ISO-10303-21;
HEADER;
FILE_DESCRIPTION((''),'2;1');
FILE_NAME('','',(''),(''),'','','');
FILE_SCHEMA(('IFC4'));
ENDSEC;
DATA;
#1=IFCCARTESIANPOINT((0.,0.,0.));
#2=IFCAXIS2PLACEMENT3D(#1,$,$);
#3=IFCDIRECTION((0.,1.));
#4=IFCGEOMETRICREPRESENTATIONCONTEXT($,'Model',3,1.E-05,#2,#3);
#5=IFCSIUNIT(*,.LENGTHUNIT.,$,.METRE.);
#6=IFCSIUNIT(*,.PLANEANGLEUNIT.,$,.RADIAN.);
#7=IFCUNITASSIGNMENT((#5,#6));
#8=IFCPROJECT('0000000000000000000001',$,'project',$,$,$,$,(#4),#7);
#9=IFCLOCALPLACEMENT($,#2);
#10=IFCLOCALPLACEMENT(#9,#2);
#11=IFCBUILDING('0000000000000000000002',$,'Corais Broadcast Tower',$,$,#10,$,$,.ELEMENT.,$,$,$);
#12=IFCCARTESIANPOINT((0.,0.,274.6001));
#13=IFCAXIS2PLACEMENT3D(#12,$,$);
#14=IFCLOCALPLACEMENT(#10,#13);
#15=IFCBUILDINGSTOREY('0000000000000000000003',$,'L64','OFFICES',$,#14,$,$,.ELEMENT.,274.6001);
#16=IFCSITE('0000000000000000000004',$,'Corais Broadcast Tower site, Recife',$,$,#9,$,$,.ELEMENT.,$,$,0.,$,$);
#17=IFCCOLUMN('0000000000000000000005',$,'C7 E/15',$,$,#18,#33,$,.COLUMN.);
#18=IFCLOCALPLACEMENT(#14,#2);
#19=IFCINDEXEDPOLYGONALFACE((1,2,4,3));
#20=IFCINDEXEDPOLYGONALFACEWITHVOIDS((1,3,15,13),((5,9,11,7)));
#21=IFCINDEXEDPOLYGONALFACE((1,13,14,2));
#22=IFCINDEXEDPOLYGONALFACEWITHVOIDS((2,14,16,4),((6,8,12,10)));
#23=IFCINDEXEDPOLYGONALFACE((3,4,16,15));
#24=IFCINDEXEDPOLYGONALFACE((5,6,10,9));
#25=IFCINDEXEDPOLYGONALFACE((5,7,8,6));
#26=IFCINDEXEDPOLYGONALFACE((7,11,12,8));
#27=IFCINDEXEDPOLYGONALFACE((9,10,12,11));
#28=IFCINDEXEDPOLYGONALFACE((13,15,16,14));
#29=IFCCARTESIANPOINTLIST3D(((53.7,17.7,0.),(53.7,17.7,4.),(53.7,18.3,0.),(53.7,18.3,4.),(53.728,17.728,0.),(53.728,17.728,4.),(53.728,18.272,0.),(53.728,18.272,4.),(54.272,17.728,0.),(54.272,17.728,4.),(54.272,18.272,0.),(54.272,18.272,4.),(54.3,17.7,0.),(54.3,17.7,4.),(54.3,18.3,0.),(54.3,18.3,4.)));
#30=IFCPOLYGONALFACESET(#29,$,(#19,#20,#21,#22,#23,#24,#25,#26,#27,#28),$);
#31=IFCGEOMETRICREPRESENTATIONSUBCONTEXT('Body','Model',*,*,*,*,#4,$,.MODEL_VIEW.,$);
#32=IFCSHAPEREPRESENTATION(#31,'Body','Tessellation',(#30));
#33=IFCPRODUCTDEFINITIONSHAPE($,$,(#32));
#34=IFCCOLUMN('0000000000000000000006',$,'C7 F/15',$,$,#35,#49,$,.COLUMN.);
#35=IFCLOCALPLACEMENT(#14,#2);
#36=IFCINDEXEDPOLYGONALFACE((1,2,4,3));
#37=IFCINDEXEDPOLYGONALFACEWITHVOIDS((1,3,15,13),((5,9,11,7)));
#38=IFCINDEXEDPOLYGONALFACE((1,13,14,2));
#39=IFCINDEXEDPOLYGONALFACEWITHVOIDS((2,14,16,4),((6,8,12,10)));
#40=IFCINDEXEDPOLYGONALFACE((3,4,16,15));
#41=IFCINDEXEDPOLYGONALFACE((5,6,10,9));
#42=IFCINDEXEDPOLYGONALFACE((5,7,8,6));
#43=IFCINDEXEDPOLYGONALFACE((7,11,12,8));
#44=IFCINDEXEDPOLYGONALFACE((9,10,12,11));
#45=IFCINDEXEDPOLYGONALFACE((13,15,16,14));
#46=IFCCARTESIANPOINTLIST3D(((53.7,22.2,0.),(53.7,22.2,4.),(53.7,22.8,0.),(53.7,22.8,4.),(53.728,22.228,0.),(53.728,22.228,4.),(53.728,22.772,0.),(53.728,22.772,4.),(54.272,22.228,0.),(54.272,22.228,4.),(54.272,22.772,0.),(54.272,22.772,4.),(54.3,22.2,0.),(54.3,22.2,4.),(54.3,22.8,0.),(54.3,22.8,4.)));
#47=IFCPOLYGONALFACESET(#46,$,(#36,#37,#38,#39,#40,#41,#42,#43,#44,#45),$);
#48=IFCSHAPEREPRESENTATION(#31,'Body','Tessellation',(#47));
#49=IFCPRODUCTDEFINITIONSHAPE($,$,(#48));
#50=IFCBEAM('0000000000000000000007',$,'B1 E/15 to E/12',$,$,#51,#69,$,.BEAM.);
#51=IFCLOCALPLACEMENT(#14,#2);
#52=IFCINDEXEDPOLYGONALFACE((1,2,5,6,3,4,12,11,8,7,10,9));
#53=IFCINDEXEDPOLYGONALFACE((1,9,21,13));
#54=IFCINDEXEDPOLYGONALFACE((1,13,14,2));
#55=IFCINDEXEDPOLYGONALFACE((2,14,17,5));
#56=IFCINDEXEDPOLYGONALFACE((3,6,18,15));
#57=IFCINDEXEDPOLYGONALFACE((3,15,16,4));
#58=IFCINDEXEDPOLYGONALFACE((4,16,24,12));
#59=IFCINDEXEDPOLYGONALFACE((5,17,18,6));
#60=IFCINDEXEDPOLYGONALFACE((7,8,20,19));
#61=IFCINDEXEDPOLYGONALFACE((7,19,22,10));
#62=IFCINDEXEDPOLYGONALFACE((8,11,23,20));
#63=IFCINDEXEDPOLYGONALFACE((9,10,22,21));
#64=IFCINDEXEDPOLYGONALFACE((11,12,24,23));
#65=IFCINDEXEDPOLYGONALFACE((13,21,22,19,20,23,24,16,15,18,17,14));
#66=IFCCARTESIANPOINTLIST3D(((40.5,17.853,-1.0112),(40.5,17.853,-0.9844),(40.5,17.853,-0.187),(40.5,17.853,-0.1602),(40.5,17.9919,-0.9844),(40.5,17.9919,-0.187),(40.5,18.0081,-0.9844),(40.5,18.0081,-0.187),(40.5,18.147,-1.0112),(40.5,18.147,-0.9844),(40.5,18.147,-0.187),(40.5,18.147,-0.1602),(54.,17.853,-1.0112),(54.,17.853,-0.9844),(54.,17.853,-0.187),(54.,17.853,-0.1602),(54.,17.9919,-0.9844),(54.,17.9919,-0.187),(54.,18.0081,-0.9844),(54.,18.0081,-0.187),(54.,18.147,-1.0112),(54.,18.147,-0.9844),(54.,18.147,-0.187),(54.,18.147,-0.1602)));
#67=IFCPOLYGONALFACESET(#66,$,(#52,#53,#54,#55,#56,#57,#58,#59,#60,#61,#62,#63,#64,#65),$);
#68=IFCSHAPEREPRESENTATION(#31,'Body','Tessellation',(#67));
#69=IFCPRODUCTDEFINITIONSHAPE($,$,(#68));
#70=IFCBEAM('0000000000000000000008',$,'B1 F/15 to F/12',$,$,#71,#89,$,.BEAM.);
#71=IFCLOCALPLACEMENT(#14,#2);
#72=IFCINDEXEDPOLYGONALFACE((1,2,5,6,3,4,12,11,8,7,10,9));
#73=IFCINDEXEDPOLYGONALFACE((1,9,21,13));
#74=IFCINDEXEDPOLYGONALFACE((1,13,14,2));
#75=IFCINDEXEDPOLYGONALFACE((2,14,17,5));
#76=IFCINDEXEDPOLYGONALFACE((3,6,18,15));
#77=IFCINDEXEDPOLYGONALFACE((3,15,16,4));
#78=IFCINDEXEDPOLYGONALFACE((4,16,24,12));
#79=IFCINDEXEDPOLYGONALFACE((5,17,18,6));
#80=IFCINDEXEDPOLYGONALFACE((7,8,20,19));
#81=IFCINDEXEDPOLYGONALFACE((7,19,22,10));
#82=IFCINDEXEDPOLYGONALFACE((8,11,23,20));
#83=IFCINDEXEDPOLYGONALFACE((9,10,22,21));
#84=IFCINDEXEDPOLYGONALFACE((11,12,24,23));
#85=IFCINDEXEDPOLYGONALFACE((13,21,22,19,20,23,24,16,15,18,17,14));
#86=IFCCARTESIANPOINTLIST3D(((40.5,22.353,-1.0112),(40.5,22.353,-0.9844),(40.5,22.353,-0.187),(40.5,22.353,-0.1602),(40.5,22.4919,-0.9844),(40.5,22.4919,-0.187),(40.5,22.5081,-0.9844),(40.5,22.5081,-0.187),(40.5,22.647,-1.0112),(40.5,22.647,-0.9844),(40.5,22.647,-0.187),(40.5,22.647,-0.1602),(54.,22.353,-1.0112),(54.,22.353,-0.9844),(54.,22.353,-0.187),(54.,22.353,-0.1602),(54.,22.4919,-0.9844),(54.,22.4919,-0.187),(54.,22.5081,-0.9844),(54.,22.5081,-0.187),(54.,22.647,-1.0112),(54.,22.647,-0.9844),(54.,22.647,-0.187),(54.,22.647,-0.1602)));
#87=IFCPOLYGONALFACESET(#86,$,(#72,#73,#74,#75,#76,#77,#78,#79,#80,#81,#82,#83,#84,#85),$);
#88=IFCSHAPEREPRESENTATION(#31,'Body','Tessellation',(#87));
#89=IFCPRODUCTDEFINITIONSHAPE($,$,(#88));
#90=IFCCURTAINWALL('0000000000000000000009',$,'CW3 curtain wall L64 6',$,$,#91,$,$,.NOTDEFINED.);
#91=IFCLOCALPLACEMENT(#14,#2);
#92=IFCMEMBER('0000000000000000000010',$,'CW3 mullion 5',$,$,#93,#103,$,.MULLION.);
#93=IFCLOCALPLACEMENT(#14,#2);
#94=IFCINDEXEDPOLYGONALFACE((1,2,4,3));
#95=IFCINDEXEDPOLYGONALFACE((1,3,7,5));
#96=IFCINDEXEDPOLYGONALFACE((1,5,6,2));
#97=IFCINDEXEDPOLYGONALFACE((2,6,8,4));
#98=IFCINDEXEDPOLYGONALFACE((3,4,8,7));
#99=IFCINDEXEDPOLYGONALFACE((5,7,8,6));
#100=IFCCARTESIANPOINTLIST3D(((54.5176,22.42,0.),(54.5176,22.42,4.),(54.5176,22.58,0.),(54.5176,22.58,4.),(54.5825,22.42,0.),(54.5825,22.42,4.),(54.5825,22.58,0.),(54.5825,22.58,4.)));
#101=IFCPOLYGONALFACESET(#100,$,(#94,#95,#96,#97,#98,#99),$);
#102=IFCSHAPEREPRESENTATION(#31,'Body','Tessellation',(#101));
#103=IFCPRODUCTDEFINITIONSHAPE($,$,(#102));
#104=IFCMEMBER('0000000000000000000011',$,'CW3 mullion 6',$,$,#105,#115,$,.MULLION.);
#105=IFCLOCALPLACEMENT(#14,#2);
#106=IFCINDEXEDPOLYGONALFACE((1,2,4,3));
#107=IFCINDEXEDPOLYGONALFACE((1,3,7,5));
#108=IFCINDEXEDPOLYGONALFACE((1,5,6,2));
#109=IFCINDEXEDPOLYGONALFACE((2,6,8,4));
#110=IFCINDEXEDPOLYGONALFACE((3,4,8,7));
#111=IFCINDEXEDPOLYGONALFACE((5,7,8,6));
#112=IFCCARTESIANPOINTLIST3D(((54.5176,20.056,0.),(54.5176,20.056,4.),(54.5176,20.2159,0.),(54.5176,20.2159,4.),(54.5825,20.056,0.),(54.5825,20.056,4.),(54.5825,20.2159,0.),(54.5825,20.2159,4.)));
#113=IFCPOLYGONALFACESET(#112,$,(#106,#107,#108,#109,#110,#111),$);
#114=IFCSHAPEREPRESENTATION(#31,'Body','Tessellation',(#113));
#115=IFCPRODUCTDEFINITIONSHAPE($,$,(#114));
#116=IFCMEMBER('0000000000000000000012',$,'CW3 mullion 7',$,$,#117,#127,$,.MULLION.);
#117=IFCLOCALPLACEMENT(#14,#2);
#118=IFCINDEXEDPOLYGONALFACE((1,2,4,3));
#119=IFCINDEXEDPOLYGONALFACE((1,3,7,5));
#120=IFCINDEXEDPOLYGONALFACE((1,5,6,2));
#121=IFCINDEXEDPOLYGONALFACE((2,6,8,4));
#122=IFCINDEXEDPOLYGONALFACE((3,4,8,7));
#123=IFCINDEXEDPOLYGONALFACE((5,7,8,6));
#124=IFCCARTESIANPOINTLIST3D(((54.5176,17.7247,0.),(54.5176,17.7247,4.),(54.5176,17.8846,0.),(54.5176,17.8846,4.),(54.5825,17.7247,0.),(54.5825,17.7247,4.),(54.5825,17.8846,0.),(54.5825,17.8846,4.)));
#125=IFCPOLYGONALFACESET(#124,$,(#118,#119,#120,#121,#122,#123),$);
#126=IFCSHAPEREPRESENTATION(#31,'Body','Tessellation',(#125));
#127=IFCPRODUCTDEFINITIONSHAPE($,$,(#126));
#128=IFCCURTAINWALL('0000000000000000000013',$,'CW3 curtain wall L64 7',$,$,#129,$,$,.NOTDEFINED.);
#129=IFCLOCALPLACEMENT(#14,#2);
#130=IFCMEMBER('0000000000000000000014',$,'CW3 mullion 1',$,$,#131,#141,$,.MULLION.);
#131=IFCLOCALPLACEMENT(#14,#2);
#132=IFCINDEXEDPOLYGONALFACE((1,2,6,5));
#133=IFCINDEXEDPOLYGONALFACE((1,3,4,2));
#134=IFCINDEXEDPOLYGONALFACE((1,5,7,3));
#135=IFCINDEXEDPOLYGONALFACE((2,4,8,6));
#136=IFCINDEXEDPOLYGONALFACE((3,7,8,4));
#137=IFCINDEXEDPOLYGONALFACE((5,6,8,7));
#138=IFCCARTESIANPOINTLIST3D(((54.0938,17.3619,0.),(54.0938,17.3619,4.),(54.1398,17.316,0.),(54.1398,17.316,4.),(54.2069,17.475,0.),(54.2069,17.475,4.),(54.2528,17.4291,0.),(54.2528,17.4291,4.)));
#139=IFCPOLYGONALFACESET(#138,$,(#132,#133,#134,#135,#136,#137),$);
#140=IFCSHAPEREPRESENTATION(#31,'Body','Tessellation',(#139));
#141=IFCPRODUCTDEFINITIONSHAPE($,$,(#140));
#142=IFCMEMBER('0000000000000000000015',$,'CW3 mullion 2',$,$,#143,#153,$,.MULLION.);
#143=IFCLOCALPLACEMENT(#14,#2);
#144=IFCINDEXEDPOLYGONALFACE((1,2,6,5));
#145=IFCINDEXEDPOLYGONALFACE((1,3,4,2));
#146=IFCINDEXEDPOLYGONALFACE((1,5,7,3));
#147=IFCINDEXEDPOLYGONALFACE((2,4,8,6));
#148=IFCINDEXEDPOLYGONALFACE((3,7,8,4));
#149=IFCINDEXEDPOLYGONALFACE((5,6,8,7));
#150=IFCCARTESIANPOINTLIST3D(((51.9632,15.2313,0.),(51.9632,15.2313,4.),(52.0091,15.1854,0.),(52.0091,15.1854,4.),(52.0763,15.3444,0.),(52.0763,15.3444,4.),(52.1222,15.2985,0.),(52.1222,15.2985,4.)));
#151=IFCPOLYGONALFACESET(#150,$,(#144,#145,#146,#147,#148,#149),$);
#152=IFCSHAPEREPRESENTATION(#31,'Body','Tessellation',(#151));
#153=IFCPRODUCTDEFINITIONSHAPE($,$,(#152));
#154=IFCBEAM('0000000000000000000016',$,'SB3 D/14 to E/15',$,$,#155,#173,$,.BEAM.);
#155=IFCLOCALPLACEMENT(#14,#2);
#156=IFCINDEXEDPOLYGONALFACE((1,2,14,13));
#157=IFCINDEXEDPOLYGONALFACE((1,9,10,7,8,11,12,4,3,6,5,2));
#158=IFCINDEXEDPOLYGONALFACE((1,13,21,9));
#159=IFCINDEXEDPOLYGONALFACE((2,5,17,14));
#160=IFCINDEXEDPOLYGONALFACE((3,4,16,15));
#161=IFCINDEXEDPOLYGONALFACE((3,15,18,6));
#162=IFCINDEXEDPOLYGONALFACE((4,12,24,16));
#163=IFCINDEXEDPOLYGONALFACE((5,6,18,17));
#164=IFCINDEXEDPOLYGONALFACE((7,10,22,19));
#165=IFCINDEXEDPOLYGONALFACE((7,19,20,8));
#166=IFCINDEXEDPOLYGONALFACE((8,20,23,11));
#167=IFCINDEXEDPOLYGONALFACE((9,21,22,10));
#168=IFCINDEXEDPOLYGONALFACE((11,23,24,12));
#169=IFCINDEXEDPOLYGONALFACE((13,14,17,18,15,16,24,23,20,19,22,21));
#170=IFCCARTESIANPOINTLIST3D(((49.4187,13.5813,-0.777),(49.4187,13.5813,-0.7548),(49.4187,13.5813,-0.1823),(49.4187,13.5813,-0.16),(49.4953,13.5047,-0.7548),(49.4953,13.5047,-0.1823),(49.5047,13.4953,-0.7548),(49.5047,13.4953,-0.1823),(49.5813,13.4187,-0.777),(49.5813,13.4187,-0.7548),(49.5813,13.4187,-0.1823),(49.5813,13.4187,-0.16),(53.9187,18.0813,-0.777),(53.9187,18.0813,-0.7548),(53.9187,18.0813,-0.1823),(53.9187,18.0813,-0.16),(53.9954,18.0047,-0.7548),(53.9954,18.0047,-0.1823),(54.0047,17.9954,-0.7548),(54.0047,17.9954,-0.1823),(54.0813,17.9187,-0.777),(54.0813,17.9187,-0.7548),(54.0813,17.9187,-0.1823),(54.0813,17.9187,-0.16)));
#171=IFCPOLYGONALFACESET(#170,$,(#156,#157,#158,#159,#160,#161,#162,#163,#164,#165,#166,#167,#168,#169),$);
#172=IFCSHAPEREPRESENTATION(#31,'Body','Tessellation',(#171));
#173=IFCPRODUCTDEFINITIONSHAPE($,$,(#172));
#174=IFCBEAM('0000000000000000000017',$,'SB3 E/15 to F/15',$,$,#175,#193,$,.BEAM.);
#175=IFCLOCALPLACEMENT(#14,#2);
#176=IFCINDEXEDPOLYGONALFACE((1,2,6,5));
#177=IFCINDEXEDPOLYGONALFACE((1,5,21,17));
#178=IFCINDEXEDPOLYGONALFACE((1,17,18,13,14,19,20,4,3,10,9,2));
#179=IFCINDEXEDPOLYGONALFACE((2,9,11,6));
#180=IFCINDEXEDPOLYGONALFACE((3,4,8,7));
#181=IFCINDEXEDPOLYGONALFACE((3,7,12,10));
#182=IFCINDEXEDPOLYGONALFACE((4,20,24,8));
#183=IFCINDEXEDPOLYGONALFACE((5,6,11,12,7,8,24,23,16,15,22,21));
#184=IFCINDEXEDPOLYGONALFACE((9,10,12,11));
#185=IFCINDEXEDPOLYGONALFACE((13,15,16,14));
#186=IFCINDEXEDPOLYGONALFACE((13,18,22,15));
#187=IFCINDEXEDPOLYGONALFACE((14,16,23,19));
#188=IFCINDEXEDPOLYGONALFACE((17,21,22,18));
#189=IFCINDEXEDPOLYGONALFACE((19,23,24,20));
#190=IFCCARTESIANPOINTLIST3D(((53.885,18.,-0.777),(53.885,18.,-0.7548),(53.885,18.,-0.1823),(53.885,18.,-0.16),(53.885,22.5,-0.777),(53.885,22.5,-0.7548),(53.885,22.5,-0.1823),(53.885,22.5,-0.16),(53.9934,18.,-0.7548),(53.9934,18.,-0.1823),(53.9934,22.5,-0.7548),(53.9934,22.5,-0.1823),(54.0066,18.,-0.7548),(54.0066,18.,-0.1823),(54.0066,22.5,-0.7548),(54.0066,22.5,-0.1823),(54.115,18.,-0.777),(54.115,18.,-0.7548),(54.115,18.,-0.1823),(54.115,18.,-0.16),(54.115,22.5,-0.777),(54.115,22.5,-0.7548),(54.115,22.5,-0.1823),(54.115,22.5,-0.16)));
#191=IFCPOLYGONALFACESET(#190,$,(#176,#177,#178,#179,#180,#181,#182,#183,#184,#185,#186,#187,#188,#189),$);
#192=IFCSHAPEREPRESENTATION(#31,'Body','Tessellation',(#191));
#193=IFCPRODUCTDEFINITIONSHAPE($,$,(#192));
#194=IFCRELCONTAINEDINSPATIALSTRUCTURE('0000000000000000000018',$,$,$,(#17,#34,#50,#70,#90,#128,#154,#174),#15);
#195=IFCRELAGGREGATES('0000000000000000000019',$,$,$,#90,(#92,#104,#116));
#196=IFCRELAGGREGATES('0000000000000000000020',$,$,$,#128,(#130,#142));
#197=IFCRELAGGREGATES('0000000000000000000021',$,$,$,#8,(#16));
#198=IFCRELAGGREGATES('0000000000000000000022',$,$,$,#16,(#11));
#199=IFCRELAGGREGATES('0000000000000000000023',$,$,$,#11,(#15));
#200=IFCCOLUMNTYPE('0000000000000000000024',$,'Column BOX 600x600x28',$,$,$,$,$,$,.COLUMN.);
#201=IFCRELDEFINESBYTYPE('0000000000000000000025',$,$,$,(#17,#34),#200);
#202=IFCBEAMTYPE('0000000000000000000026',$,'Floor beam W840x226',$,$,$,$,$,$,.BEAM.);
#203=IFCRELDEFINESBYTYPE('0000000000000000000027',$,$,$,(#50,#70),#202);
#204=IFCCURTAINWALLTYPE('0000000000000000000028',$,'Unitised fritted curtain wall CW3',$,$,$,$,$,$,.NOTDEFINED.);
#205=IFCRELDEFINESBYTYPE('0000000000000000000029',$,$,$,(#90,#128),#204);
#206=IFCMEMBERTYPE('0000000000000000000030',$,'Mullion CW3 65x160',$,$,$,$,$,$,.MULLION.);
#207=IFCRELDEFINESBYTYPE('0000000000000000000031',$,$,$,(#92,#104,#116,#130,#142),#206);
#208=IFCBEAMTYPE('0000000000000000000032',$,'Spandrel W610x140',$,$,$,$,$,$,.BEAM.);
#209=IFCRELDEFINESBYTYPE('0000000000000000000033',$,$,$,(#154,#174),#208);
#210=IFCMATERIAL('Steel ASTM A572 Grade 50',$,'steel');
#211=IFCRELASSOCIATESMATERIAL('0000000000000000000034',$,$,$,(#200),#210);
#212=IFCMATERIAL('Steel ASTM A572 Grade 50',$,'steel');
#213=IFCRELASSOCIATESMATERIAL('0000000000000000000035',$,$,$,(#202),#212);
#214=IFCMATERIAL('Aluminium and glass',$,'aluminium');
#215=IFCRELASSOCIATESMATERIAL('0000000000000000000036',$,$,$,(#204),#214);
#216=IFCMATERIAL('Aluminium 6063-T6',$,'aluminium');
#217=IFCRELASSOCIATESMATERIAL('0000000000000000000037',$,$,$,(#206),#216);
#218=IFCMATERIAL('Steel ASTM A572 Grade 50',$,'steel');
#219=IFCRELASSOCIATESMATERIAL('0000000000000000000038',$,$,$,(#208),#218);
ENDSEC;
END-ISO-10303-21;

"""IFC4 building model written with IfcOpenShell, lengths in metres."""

from ifc_helpers import new_model, si_unit, direction, frame, origin, origin_2d, place, context, subcontext, project, spatial, rectangle, hollow_rectangle, i_section, extrude, material, material_profile, profile_set, type_object, element, aggregate, save


model = new_model("IFC4")

# Units and contexts
model_context = context("Model", 3, precision=1e-05, world=origin(), true_north=direction((0.0, 1.0)))
body_context = subcontext(model_context, "Body", "Model", "MODEL_VIEW")
ifc_project = project(units=[si_unit("LENGTHUNIT", "METRE"), si_unit("PLANEANGLEUNIT", "RADIAN")], contexts=[model_context])

# Site, building, storey
site_placement = place(None, origin())
site = spatial("IfcSite", under=ifc_project, at=site_placement, Name="Corais Broadcast Tower site, Recife", CompositionType="ELEMENT", RefElevation=0.0)
building_placement = place(site_placement, origin())
building = spatial("IfcBuilding", under=site, at=building_placement, Name="Corais Broadcast Tower", CompositionType="ELEMENT")
storey_placement = place(building_placement, frame((0.0, 0.0, 274.6001)))
storey = spatial("IfcBuildingStorey", under=building, at=storey_placement, Name="L64", Description="OFFICES", CompositionType="ELEMENT", Elevation=274.6001)

# Columns
ifc_material_1 = material(Name="Steel ASTM A572 Grade 50", Category="steel")
ifc_material_profile_1 = material_profile(ifc_material_1, hollow_rectangle(XDim=0.6001, YDim=0.6001, WallThickness=0.0281, at=origin_2d()), Name="BOX 600x600x28")
ifc_profile_set_1 = profile_set([ifc_material_profile_1], Name="Steel ASTM A572 Grade 50")
column_type = type_object("IfcColumnType", Name="Column BOX 600x600x28", PredefinedType="COLUMN", material=ifc_profile_set_1)
for number, where, z_axis, x_axis, name in (
    (1, (54.0, 18.0, 0.0), (0.0, 0.0, 1.0), (1.0, 0.0, 0.0), "C7 E/15"),
    (2, (54.0, 22.5, 0.0), (0.0, 0.0, 1.0), (1.0, 0.0, 0.0), "C7 F/15"),
):
    element("IfcColumn", number, at=place(storey_placement, frame(where, z_axis=z_axis, x_axis=x_axis)), inside=storey, type_object=column_type, Name=name, PredefinedType="COLUMN", context=body_context, shape_type="SweptSolid", body=[
        extrude(hollow_rectangle(XDim=0.6001, YDim=0.6001, WallThickness=0.0281, at=origin_2d()), origin(), (0.0, 0.0, 1.0), 4.0),
    ])

# Beams
ifc_material_2 = material(Name="Steel ASTM A572 Grade 50", Category="steel")
ifc_material_profile_2 = material_profile(ifc_material_2, i_section(OverallWidth=0.2939, OverallDepth=0.8511, WebThickness=0.0161, FlangeThickness=0.0269, at=origin_2d()), Name="W840x226")
ifc_profile_set_2 = profile_set([ifc_material_profile_2], Name="Steel ASTM A572 Grade 50")
beam_type_1 = type_object("IfcBeamType", Name="Floor beam W840x226", PredefinedType="BEAM", material=ifc_profile_set_2)
for number, where, z_axis, x_axis, name in (
    (3, (54.0, 18.0, -0.5857), (-1.0, 0.0, 0.0), (0.0, -1.0, 0.0), "B1 E/15 to E/12"),
    (4, (54.0, 22.5, -0.5857), (-1.0, 0.0, 0.0), (0.0, -1.0, 0.0), "B1 F/15 to F/12"),
):
    element("IfcBeam", number, at=place(storey_placement, frame(where, z_axis=z_axis, x_axis=x_axis)), inside=storey, type_object=beam_type_1, Name=name, PredefinedType="BEAM", context=body_context, shape_type="SweptSolid", body=[
        extrude(i_section(OverallWidth=0.2939, OverallDepth=0.8511, WebThickness=0.0161, FlangeThickness=0.0269, at=origin_2d()), origin(), (0.0, 0.0, 1.0), 13.5),
    ])

# Curtain walls, members
ifc_material_3 = material(Name="Aluminium and glass", Category="aluminium")
curtain_wall_type = type_object("IfcCurtainWallType", Name="Unitised fritted curtain wall CW3", PredefinedType="NOTDEFINED", material=ifc_material_3)
curtain_wall_1_placement = place(storey_placement, origin())
curtain_wall_1 = element("IfcCurtainWall", 5, at=curtain_wall_1_placement, inside=storey, type_object=curtain_wall_type, Name="CW3 curtain wall L64 6", PredefinedType="NOTDEFINED")
ifc_material_4 = material(Name="Aluminium 6063-T6", Category="aluminium")
ifc_material_profile_3 = material_profile(ifc_material_4, rectangle(XDim=0.0649, YDim=0.1599, at=origin_2d()), Name="Mullion CW3 65x160")
ifc_profile_set_3 = profile_set([ifc_material_profile_3], Name="Aluminium 6063-T6")
member_type_1 = type_object("IfcMemberType", Name="Mullion CW3 65x160", PredefinedType="MULLION", material=ifc_profile_set_3)
member_1_placement = place(storey_placement, frame((54.55, 22.5, 0.0), z_axis=(0.0, 0.0, 1.0), x_axis=(1.0, 0.0, 0.0)))
member_1 = element("IfcMember", 6, at=member_1_placement, type_object=member_type_1, Name="CW3 mullion 5", PredefinedType="MULLION", context=body_context, shape_type="SweptSolid", body=[
    extrude(rectangle(XDim=0.0649, YDim=0.1599, at=origin_2d()), origin(), (0.0, 0.0, 1.0), 4.0),
])
member_2_placement = place(storey_placement, frame((54.55, 20.136, 0.0), z_axis=(0.0, 0.0, 1.0), x_axis=(1.0, 0.0, 0.0)))
member_2 = element("IfcMember", 7, at=member_2_placement, type_object=member_type_1, Name="CW3 mullion 6", PredefinedType="MULLION", context=body_context, shape_type="SweptSolid", body=[
    extrude(rectangle(XDim=0.0649, YDim=0.1599, at=origin_2d()), origin(), (0.0, 0.0, 1.0), 4.0),
])
member_3_placement = place(storey_placement, frame((54.55, 17.8047, 0.0), z_axis=(0.0, 0.0, 1.0), x_axis=(1.0, 0.0, 0.0)))
member_3 = element("IfcMember", 8, at=member_3_placement, type_object=member_type_1, Name="CW3 mullion 7", PredefinedType="MULLION", context=body_context, shape_type="SweptSolid", body=[
    extrude(rectangle(XDim=0.0649, YDim=0.1599, at=origin_2d()), origin(), (0.0, 0.0, 1.0), 4.0),
])
curtain_wall_2_placement = place(storey_placement, origin())
curtain_wall_2 = element("IfcCurtainWall", 9, at=curtain_wall_2_placement, inside=storey, type_object=curtain_wall_type, Name="CW3 curtain wall L64 7", PredefinedType="NOTDEFINED")
member_4_placement = place(storey_placement, frame((54.1733, 17.3955, 0.0), z_axis=(0.0, 0.0, 1.0), x_axis=(0.707107, -0.707107, 0.0)))
member_4 = element("IfcMember", 10, at=member_4_placement, type_object=member_type_1, Name="CW3 mullion 1", PredefinedType="MULLION", context=body_context, shape_type="SweptSolid", body=[
    extrude(rectangle(XDim=0.0649, YDim=0.1599, at=origin_2d()), origin(), (0.0, 0.0, 1.0), 4.0),
])
member_5_placement = place(storey_placement, frame((52.0427, 15.2649, 0.0), z_axis=(0.0, 0.0, 1.0), x_axis=(0.707107, -0.707107, 0.0)))
member_5 = element("IfcMember", 11, at=member_5_placement, type_object=member_type_1, Name="CW3 mullion 2", PredefinedType="MULLION", context=body_context, shape_type="SweptSolid", body=[
    extrude(rectangle(XDim=0.0649, YDim=0.1599, at=origin_2d()), origin(), (0.0, 0.0, 1.0), 4.0),
])

# Beams
ifc_material_5 = material(Name="Steel ASTM A572 Grade 50", Category="steel")
ifc_material_profile_4 = material_profile(ifc_material_5, i_section(OverallWidth=0.23, OverallDepth=0.6169, WebThickness=0.0132, FlangeThickness=0.0222, at=origin_2d()), Name="W610x140")
ifc_profile_set_4 = profile_set([ifc_material_profile_4], Name="Steel ASTM A572 Grade 50")
beam_type_2 = type_object("IfcBeamType", Name="Spandrel W610x140", PredefinedType="BEAM", material=ifc_profile_set_4)
beam_placement = place(storey_placement, frame((49.5, 13.5, -0.4685), z_axis=(0.707107, 0.707107, 0.0), x_axis=(-0.707107, 0.707107, 0.0)))
element("IfcBeam", 12, at=beam_placement, inside=storey, type_object=beam_type_2, Name="SB3 D/14 to E/15", PredefinedType="BEAM", context=body_context, shape_type="SweptSolid", body=[
    extrude(i_section(OverallWidth=0.23, OverallDepth=0.6169, WebThickness=0.0132, FlangeThickness=0.0222, at=origin_2d()), origin(), (0.0, 0.0, 1.0), 6.364),
])
for number, where, z_axis, x_axis, name in (
    (13, (54.0, 18.0, -0.4685), (0.0, 1.0, 0.0), (-1.0, 0.0, 0.0), "SB3 E/15 to F/15"),
):
    element("IfcBeam", number, at=place(storey_placement, frame(where, z_axis=z_axis, x_axis=x_axis)), inside=storey, type_object=beam_type_2, Name=name, PredefinedType="BEAM", context=body_context, shape_type="SweptSolid", body=[
        extrude(i_section(OverallWidth=0.23, OverallDepth=0.6169, WebThickness=0.0132, FlangeThickness=0.0222, at=origin_2d()), origin(), (0.0, 0.0, 1.0), 4.5),
    ])

aggregate(curtain_wall_1, [member_1, member_2, member_3])
aggregate(curtain_wall_2, [member_4, member_5])

save(model, "model.ifc")
